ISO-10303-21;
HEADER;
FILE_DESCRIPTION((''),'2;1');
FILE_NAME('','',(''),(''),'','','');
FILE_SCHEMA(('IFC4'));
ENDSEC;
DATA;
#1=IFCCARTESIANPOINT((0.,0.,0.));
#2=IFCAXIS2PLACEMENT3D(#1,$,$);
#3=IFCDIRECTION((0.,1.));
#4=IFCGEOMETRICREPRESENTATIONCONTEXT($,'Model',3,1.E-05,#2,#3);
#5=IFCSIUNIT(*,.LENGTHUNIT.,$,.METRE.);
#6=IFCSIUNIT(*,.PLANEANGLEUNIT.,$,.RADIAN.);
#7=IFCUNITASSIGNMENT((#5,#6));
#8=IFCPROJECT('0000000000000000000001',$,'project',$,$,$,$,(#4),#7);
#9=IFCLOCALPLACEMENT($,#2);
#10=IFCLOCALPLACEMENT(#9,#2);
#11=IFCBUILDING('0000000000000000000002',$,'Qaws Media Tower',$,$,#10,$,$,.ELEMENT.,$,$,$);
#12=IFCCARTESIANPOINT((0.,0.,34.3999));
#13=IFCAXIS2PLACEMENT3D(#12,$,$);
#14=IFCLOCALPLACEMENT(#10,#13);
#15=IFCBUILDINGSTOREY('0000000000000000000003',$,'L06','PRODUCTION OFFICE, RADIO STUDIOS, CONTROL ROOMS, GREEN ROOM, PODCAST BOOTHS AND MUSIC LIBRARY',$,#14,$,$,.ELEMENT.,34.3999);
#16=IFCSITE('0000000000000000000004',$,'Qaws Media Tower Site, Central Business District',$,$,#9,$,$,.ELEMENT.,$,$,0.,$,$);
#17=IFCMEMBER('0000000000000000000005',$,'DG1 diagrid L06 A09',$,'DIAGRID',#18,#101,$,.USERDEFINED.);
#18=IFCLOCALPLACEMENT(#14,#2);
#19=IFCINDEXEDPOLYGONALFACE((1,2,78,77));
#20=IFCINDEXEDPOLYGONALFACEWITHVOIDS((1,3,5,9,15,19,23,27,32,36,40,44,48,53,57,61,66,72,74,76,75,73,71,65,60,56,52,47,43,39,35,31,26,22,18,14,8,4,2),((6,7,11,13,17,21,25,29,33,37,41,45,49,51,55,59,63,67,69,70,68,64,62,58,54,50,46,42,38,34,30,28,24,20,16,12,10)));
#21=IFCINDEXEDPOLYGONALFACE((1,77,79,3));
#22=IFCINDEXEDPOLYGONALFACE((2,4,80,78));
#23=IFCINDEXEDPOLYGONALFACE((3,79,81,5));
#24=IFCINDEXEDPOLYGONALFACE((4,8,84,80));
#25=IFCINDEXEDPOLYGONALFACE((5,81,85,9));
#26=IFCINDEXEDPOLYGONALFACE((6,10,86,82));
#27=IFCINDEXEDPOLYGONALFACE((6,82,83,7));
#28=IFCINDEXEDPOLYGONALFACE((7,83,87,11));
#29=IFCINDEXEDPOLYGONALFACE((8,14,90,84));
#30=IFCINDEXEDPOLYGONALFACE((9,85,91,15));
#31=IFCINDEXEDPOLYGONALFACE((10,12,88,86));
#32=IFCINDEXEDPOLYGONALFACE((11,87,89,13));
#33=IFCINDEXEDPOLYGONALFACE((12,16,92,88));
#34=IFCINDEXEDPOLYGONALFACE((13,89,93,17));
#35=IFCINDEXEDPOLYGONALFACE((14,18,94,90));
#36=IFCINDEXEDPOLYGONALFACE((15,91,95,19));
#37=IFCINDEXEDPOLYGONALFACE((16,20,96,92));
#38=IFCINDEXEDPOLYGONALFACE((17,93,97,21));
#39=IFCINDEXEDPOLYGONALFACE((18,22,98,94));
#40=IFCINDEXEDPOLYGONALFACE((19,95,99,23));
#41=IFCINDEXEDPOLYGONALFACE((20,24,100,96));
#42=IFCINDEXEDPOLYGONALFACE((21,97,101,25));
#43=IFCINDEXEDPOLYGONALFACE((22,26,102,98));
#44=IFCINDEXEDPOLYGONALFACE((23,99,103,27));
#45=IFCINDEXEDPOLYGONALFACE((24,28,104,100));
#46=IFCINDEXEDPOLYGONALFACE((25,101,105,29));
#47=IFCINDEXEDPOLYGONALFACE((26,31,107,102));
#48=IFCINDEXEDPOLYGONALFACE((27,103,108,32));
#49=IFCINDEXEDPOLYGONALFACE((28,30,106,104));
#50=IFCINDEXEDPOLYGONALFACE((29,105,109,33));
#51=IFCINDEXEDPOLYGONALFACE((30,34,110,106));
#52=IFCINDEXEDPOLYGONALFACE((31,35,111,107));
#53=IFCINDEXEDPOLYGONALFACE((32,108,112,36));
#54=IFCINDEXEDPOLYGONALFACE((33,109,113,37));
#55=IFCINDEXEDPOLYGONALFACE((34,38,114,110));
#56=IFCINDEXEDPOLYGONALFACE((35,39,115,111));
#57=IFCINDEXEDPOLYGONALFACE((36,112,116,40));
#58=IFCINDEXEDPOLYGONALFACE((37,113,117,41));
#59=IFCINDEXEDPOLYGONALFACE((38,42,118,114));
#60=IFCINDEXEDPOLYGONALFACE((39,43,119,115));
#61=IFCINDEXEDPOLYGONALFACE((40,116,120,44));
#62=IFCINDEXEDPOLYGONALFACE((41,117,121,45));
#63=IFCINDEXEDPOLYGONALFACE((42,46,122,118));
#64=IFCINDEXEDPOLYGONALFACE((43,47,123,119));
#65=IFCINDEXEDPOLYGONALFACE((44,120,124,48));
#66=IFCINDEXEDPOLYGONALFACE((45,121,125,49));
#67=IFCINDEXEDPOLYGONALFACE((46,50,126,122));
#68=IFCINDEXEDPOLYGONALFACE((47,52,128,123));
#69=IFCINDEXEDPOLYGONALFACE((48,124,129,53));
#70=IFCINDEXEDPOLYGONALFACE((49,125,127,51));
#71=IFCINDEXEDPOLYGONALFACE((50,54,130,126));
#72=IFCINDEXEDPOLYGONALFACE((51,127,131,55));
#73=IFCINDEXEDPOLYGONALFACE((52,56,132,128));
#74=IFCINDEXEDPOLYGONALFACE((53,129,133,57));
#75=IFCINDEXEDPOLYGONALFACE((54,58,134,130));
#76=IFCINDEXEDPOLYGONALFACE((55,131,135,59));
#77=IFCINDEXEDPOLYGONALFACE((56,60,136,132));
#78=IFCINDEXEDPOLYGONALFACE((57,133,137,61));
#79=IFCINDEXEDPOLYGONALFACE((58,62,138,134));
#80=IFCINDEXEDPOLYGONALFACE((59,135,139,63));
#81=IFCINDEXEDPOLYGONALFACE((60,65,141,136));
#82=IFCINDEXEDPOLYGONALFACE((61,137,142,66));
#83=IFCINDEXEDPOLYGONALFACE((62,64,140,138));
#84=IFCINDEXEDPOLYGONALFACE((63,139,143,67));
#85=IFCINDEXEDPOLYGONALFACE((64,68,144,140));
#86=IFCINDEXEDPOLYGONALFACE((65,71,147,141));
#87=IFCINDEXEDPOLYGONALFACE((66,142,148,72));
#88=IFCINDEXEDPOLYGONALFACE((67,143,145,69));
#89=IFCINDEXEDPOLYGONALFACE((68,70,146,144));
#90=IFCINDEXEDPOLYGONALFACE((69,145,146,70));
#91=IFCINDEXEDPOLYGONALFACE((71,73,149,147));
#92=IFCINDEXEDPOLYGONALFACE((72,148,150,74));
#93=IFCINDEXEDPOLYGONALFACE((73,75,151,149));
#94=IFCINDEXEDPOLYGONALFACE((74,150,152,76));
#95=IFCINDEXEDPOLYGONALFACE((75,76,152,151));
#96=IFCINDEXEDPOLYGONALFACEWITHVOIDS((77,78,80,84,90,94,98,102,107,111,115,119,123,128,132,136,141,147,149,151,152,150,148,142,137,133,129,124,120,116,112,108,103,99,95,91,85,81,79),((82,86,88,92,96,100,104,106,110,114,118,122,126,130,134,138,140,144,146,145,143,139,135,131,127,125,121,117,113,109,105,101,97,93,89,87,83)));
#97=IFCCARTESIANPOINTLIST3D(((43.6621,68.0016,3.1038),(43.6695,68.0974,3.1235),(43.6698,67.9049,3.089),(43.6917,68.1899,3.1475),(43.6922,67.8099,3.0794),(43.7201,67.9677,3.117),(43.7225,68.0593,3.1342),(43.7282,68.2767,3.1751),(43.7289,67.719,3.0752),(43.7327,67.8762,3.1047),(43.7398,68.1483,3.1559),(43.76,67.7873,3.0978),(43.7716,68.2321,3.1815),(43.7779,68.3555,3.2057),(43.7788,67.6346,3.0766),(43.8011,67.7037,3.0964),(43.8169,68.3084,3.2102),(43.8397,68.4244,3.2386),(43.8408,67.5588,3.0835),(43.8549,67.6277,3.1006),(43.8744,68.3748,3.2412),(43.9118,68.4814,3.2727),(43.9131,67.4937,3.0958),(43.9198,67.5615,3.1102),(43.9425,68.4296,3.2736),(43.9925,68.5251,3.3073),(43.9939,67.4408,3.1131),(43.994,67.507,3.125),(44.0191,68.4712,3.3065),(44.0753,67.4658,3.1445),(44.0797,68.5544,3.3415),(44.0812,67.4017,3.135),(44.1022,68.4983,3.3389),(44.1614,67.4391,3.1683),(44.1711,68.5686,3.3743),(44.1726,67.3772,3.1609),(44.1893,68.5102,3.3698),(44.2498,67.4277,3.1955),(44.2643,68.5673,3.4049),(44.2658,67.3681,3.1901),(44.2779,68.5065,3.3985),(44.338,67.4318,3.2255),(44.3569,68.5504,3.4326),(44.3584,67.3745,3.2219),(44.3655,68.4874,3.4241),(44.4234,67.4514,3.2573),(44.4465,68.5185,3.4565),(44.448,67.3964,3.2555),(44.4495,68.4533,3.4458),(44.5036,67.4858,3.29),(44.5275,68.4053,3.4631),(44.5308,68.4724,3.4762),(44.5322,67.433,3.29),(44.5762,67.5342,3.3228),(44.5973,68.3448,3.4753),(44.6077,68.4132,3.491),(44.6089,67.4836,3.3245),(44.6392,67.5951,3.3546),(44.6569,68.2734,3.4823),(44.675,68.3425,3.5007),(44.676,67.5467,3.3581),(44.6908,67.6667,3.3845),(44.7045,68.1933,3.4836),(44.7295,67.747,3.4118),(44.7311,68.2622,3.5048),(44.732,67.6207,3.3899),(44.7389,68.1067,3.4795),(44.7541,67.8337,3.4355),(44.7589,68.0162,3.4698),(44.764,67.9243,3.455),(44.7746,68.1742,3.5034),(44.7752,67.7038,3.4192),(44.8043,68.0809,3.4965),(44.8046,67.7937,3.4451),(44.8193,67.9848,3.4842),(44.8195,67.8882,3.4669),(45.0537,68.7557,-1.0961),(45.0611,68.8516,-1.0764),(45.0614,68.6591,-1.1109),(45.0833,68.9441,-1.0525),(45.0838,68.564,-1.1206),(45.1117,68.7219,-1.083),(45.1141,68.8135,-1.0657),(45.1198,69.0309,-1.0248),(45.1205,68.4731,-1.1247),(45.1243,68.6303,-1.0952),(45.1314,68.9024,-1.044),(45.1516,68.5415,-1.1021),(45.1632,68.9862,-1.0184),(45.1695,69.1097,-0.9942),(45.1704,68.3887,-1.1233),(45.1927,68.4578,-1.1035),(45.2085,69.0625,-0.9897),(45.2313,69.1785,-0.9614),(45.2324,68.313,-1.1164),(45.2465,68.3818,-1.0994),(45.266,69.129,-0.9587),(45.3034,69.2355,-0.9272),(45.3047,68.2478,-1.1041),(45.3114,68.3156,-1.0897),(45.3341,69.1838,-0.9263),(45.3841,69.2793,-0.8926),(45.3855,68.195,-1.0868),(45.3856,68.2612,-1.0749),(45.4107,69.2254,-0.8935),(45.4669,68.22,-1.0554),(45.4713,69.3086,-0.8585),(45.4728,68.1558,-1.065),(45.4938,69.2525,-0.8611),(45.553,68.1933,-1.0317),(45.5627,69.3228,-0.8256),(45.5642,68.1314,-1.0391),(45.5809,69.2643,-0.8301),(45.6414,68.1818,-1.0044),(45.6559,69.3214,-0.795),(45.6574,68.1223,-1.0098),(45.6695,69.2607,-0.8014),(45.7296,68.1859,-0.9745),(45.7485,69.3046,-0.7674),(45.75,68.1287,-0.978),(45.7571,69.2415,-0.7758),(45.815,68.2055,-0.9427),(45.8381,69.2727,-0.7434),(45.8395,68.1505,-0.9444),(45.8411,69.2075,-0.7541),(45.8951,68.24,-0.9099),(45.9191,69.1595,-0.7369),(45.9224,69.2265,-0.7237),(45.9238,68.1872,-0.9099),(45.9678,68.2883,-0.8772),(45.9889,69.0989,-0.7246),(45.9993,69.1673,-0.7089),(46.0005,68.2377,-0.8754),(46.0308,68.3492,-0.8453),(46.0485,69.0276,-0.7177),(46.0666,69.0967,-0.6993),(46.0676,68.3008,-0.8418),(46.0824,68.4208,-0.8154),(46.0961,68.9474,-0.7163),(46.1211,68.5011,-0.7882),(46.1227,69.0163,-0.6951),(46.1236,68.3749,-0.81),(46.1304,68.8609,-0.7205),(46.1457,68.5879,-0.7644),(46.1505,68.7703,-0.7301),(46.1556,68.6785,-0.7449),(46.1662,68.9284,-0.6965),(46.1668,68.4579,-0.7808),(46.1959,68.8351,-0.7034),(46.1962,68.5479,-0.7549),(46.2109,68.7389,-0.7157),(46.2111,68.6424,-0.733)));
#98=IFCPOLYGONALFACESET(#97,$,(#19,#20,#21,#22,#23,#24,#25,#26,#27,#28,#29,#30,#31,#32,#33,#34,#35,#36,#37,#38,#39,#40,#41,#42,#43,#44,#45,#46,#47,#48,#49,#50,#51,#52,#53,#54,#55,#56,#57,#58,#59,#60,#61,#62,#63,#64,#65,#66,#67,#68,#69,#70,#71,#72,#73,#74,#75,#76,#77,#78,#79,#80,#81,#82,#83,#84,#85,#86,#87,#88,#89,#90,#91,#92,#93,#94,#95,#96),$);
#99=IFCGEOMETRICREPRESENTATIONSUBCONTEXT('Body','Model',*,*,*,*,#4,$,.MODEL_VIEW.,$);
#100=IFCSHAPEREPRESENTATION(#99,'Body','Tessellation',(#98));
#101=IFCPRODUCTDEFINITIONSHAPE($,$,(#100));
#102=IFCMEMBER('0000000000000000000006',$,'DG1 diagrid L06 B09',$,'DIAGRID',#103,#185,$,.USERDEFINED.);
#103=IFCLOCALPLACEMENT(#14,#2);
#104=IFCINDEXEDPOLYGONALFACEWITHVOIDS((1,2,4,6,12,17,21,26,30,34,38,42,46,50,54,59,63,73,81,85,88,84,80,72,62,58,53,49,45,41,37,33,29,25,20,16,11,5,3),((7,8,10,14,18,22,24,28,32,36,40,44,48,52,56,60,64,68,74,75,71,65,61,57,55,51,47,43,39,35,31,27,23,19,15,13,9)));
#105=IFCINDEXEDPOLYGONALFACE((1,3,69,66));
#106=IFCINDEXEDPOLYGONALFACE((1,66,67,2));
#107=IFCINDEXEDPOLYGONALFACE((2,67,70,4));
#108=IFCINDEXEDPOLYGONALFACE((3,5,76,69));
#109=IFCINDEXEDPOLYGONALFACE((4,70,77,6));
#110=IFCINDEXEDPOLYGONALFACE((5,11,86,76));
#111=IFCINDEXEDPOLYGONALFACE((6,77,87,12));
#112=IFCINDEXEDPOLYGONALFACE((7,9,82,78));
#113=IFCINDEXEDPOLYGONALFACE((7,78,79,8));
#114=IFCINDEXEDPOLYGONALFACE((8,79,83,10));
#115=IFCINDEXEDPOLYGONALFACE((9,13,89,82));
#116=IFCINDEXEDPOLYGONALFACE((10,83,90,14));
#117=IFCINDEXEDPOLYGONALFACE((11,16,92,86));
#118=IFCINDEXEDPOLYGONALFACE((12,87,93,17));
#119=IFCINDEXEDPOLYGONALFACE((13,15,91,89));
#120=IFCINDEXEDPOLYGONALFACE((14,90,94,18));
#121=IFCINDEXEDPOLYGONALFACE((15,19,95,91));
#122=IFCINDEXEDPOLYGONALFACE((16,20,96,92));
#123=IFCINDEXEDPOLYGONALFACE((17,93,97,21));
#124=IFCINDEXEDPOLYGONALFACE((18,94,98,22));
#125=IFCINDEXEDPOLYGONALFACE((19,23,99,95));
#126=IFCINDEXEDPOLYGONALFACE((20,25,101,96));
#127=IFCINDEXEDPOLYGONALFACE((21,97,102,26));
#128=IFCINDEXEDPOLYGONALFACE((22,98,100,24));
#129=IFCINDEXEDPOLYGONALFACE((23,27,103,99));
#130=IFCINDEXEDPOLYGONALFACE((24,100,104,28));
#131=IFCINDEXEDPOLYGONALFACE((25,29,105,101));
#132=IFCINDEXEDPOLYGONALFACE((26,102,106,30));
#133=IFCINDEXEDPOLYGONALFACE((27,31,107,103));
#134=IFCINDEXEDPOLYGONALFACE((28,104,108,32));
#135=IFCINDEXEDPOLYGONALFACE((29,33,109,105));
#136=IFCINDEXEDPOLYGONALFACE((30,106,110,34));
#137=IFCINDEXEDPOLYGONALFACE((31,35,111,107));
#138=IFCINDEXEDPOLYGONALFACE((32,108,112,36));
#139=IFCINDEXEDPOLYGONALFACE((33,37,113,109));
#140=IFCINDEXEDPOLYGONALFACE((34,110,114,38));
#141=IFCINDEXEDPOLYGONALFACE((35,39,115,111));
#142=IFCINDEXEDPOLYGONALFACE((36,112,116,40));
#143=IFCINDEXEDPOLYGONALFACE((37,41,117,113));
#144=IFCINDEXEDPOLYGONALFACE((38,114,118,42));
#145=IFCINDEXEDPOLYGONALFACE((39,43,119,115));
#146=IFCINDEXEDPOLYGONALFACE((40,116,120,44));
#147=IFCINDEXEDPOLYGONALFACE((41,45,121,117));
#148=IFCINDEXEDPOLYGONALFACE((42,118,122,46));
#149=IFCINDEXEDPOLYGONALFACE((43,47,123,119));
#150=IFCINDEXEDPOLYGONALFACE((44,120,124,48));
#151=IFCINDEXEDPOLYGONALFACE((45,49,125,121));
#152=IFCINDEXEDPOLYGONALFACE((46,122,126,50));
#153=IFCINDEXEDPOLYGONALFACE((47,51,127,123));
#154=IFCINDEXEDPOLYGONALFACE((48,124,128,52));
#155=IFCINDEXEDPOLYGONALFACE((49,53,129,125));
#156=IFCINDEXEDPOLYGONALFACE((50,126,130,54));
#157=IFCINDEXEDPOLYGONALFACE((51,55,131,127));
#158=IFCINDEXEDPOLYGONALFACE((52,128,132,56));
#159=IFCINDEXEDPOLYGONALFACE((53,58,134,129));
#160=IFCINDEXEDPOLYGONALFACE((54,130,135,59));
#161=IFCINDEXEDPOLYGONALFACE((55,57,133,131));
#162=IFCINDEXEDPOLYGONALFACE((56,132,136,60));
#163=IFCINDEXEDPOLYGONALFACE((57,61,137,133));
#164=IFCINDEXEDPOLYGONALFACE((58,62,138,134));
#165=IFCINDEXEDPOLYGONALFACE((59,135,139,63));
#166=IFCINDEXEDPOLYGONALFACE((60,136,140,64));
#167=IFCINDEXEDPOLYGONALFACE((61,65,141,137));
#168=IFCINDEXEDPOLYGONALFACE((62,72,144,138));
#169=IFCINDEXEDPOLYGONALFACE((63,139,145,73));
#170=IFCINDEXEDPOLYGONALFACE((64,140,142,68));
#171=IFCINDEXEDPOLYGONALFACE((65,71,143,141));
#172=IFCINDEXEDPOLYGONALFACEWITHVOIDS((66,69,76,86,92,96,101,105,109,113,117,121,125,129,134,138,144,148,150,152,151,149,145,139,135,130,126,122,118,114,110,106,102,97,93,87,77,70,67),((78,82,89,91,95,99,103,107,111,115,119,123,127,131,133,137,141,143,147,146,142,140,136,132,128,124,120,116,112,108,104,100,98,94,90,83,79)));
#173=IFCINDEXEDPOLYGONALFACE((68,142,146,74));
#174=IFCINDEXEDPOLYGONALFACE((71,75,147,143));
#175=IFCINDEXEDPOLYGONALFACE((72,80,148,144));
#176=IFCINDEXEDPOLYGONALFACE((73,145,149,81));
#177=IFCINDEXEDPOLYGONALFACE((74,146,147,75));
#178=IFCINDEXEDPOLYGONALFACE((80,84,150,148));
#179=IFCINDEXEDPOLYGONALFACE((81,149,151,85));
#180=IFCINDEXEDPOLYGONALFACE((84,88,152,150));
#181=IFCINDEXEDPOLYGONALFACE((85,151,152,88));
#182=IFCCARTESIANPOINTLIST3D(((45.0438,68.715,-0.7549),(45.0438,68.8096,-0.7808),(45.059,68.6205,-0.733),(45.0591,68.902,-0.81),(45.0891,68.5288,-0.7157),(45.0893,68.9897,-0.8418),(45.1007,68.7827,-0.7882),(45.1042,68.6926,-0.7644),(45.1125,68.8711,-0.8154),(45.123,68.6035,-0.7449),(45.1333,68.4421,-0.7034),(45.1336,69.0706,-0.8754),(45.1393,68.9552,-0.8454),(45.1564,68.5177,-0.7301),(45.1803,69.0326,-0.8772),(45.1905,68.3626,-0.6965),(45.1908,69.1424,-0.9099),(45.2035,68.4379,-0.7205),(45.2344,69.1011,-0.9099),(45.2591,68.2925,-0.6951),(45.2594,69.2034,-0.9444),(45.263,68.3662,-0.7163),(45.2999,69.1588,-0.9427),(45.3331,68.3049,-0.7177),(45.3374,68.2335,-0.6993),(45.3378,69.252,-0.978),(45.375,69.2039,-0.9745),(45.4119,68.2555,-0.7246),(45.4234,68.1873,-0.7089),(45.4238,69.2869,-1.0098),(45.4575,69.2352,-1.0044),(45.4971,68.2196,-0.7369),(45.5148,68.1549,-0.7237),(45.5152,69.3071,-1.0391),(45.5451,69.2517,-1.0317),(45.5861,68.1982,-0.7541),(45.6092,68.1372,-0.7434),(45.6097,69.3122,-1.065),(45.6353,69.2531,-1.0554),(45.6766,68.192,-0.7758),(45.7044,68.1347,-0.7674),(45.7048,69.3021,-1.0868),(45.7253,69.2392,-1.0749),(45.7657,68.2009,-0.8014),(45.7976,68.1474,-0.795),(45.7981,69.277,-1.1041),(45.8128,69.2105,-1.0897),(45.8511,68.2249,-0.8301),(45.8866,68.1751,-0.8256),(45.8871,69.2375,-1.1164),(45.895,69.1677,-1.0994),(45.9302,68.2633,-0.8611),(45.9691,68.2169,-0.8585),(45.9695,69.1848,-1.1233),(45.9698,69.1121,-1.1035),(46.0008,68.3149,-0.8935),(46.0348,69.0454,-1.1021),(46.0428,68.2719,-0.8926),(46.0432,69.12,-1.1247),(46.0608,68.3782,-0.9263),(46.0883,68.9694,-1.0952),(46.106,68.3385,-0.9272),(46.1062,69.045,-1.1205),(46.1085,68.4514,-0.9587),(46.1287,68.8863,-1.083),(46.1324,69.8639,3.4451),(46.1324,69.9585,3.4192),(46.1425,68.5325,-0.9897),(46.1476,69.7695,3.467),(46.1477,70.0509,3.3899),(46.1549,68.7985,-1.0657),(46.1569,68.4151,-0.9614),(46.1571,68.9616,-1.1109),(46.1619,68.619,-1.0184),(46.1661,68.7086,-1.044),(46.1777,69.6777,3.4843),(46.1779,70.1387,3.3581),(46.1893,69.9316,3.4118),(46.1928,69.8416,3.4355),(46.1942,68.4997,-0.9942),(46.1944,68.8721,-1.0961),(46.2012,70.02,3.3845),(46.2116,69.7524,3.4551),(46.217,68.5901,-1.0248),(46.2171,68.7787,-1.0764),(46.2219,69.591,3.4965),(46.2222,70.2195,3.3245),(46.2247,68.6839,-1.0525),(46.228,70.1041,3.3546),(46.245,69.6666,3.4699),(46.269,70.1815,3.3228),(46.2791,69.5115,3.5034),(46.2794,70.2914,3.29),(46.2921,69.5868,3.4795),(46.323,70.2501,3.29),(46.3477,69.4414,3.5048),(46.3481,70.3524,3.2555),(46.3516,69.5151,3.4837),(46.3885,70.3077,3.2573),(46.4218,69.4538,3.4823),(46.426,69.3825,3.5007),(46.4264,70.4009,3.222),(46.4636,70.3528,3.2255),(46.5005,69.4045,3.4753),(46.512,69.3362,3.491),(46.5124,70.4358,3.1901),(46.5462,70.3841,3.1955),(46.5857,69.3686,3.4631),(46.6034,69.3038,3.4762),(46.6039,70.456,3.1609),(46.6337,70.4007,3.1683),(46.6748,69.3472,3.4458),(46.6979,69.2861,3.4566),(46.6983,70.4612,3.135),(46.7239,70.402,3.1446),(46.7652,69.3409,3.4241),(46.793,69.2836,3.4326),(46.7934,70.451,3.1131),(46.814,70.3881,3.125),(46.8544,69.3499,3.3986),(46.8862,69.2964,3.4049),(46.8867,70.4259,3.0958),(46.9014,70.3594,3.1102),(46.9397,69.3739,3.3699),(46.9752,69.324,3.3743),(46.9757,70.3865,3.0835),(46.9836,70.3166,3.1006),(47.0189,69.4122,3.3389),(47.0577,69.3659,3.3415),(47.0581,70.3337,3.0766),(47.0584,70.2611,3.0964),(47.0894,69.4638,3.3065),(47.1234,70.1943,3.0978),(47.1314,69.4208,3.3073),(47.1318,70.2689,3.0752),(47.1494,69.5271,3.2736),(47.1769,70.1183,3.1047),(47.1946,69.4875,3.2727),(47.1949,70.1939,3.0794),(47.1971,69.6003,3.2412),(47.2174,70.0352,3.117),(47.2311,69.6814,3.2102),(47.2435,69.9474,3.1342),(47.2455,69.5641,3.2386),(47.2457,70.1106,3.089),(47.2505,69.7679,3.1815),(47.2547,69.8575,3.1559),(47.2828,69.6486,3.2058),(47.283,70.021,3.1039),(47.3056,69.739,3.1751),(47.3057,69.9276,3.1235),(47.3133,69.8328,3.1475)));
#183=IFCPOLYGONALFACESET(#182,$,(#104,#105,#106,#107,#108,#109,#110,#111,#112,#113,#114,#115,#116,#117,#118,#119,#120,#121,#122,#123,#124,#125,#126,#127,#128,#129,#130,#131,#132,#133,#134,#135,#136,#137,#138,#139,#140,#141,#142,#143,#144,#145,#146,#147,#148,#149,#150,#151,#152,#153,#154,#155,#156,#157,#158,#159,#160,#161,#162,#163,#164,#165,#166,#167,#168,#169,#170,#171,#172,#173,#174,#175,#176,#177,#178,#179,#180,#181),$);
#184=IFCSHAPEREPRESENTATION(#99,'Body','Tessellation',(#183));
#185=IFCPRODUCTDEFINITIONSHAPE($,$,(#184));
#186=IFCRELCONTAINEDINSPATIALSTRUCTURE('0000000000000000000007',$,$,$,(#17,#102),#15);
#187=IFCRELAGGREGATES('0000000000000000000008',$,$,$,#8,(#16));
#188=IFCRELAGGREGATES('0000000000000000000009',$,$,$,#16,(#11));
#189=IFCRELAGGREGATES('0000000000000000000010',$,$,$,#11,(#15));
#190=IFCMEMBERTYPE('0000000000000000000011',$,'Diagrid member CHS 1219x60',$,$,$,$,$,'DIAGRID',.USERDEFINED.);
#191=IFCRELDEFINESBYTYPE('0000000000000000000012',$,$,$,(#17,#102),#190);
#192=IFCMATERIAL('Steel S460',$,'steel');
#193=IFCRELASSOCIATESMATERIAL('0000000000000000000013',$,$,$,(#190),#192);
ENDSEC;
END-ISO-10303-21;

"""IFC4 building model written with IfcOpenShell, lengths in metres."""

from ifc_helpers import new_model, si_unit, direction, frame, origin, origin_2d, place, context, subcontext, project, spatial, hollow_circle, extrude, material, material_profile, profile_set, type_object, element, save


model = new_model("IFC4")

# Units and contexts
model_context = context("Model", 3, precision=1e-05, world=origin(), true_north=direction((0.0, 1.0)))
body_context = subcontext(model_context, "Body", "Model", "MODEL_VIEW")
ifc_project = project(units=[si_unit("LENGTHUNIT", "METRE"), si_unit("PLANEANGLEUNIT", "RADIAN")], contexts=[model_context])

# Site, building, storey
site_placement = place(None, origin())
site = spatial("IfcSite", under=ifc_project, at=site_placement, Name="Qaws Media Tower Site, Central Business District", CompositionType="ELEMENT", RefElevation=0.0)
building_placement = place(site_placement, origin())
building = spatial("IfcBuilding", under=site, at=building_placement, Name="Qaws Media Tower", CompositionType="ELEMENT")
storey_placement = place(building_placement, frame((0.0, 0.0, 34.3999)))
storey = spatial("IfcBuildingStorey", under=building, at=storey_placement, Name="L06", Description="PRODUCTION OFFICE, RADIO STUDIOS, CONTROL ROOMS, GREEN ROOM, PODCAST BOOTHS AND MUSIC LIBRARY", CompositionType="ELEMENT", Elevation=34.3999)

# Members
ifc_material_1 = material(Name="Steel S460", Category="steel")
ifc_material_profile_1 = material_profile(ifc_material_1, hollow_circle(Radius=0.6096, WallThickness=0.0601, at=origin_2d()), Name="CHS 1219x60")
ifc_profile_set_1 = profile_set([ifc_material_profile_1], Name="Steel S460")
member_type_1 = type_object("IfcMemberType", Name="Diagrid member CHS 1219x60", ElementType="DIAGRID", PredefinedType="USERDEFINED", material=ifc_profile_set_1)
for number, where, z_axis, x_axis, name in (
    (1, (45.6333, 68.7231, -0.9099), (-0.310051, -0.168026, 0.935754), (0.476462, -0.879195, 0.0), "DG1 diagrid L06 A09"),
    (2, (45.6333, 68.7231, -0.9099), (0.242548, 0.255983, 0.935758), (-0.7259, 0.6878, 0.0), "DG1 diagrid L06 B09"),
):
    element("IfcMember", number, at=place(storey_placement, frame(where, z_axis=z_axis, x_axis=x_axis)), inside=storey, type_object=member_type_1, Name=name, ObjectType="DIAGRID", PredefinedType="USERDEFINED", context=body_context, shape_type="SweptSolid", body=[
        extrude(hollow_circle(Radius=0.6096, WallThickness=0.0601, at=origin_2d()), origin(), (0.0, 0.0, 1.0), 4.4883),
    ])

save(model, "model.ifc")
